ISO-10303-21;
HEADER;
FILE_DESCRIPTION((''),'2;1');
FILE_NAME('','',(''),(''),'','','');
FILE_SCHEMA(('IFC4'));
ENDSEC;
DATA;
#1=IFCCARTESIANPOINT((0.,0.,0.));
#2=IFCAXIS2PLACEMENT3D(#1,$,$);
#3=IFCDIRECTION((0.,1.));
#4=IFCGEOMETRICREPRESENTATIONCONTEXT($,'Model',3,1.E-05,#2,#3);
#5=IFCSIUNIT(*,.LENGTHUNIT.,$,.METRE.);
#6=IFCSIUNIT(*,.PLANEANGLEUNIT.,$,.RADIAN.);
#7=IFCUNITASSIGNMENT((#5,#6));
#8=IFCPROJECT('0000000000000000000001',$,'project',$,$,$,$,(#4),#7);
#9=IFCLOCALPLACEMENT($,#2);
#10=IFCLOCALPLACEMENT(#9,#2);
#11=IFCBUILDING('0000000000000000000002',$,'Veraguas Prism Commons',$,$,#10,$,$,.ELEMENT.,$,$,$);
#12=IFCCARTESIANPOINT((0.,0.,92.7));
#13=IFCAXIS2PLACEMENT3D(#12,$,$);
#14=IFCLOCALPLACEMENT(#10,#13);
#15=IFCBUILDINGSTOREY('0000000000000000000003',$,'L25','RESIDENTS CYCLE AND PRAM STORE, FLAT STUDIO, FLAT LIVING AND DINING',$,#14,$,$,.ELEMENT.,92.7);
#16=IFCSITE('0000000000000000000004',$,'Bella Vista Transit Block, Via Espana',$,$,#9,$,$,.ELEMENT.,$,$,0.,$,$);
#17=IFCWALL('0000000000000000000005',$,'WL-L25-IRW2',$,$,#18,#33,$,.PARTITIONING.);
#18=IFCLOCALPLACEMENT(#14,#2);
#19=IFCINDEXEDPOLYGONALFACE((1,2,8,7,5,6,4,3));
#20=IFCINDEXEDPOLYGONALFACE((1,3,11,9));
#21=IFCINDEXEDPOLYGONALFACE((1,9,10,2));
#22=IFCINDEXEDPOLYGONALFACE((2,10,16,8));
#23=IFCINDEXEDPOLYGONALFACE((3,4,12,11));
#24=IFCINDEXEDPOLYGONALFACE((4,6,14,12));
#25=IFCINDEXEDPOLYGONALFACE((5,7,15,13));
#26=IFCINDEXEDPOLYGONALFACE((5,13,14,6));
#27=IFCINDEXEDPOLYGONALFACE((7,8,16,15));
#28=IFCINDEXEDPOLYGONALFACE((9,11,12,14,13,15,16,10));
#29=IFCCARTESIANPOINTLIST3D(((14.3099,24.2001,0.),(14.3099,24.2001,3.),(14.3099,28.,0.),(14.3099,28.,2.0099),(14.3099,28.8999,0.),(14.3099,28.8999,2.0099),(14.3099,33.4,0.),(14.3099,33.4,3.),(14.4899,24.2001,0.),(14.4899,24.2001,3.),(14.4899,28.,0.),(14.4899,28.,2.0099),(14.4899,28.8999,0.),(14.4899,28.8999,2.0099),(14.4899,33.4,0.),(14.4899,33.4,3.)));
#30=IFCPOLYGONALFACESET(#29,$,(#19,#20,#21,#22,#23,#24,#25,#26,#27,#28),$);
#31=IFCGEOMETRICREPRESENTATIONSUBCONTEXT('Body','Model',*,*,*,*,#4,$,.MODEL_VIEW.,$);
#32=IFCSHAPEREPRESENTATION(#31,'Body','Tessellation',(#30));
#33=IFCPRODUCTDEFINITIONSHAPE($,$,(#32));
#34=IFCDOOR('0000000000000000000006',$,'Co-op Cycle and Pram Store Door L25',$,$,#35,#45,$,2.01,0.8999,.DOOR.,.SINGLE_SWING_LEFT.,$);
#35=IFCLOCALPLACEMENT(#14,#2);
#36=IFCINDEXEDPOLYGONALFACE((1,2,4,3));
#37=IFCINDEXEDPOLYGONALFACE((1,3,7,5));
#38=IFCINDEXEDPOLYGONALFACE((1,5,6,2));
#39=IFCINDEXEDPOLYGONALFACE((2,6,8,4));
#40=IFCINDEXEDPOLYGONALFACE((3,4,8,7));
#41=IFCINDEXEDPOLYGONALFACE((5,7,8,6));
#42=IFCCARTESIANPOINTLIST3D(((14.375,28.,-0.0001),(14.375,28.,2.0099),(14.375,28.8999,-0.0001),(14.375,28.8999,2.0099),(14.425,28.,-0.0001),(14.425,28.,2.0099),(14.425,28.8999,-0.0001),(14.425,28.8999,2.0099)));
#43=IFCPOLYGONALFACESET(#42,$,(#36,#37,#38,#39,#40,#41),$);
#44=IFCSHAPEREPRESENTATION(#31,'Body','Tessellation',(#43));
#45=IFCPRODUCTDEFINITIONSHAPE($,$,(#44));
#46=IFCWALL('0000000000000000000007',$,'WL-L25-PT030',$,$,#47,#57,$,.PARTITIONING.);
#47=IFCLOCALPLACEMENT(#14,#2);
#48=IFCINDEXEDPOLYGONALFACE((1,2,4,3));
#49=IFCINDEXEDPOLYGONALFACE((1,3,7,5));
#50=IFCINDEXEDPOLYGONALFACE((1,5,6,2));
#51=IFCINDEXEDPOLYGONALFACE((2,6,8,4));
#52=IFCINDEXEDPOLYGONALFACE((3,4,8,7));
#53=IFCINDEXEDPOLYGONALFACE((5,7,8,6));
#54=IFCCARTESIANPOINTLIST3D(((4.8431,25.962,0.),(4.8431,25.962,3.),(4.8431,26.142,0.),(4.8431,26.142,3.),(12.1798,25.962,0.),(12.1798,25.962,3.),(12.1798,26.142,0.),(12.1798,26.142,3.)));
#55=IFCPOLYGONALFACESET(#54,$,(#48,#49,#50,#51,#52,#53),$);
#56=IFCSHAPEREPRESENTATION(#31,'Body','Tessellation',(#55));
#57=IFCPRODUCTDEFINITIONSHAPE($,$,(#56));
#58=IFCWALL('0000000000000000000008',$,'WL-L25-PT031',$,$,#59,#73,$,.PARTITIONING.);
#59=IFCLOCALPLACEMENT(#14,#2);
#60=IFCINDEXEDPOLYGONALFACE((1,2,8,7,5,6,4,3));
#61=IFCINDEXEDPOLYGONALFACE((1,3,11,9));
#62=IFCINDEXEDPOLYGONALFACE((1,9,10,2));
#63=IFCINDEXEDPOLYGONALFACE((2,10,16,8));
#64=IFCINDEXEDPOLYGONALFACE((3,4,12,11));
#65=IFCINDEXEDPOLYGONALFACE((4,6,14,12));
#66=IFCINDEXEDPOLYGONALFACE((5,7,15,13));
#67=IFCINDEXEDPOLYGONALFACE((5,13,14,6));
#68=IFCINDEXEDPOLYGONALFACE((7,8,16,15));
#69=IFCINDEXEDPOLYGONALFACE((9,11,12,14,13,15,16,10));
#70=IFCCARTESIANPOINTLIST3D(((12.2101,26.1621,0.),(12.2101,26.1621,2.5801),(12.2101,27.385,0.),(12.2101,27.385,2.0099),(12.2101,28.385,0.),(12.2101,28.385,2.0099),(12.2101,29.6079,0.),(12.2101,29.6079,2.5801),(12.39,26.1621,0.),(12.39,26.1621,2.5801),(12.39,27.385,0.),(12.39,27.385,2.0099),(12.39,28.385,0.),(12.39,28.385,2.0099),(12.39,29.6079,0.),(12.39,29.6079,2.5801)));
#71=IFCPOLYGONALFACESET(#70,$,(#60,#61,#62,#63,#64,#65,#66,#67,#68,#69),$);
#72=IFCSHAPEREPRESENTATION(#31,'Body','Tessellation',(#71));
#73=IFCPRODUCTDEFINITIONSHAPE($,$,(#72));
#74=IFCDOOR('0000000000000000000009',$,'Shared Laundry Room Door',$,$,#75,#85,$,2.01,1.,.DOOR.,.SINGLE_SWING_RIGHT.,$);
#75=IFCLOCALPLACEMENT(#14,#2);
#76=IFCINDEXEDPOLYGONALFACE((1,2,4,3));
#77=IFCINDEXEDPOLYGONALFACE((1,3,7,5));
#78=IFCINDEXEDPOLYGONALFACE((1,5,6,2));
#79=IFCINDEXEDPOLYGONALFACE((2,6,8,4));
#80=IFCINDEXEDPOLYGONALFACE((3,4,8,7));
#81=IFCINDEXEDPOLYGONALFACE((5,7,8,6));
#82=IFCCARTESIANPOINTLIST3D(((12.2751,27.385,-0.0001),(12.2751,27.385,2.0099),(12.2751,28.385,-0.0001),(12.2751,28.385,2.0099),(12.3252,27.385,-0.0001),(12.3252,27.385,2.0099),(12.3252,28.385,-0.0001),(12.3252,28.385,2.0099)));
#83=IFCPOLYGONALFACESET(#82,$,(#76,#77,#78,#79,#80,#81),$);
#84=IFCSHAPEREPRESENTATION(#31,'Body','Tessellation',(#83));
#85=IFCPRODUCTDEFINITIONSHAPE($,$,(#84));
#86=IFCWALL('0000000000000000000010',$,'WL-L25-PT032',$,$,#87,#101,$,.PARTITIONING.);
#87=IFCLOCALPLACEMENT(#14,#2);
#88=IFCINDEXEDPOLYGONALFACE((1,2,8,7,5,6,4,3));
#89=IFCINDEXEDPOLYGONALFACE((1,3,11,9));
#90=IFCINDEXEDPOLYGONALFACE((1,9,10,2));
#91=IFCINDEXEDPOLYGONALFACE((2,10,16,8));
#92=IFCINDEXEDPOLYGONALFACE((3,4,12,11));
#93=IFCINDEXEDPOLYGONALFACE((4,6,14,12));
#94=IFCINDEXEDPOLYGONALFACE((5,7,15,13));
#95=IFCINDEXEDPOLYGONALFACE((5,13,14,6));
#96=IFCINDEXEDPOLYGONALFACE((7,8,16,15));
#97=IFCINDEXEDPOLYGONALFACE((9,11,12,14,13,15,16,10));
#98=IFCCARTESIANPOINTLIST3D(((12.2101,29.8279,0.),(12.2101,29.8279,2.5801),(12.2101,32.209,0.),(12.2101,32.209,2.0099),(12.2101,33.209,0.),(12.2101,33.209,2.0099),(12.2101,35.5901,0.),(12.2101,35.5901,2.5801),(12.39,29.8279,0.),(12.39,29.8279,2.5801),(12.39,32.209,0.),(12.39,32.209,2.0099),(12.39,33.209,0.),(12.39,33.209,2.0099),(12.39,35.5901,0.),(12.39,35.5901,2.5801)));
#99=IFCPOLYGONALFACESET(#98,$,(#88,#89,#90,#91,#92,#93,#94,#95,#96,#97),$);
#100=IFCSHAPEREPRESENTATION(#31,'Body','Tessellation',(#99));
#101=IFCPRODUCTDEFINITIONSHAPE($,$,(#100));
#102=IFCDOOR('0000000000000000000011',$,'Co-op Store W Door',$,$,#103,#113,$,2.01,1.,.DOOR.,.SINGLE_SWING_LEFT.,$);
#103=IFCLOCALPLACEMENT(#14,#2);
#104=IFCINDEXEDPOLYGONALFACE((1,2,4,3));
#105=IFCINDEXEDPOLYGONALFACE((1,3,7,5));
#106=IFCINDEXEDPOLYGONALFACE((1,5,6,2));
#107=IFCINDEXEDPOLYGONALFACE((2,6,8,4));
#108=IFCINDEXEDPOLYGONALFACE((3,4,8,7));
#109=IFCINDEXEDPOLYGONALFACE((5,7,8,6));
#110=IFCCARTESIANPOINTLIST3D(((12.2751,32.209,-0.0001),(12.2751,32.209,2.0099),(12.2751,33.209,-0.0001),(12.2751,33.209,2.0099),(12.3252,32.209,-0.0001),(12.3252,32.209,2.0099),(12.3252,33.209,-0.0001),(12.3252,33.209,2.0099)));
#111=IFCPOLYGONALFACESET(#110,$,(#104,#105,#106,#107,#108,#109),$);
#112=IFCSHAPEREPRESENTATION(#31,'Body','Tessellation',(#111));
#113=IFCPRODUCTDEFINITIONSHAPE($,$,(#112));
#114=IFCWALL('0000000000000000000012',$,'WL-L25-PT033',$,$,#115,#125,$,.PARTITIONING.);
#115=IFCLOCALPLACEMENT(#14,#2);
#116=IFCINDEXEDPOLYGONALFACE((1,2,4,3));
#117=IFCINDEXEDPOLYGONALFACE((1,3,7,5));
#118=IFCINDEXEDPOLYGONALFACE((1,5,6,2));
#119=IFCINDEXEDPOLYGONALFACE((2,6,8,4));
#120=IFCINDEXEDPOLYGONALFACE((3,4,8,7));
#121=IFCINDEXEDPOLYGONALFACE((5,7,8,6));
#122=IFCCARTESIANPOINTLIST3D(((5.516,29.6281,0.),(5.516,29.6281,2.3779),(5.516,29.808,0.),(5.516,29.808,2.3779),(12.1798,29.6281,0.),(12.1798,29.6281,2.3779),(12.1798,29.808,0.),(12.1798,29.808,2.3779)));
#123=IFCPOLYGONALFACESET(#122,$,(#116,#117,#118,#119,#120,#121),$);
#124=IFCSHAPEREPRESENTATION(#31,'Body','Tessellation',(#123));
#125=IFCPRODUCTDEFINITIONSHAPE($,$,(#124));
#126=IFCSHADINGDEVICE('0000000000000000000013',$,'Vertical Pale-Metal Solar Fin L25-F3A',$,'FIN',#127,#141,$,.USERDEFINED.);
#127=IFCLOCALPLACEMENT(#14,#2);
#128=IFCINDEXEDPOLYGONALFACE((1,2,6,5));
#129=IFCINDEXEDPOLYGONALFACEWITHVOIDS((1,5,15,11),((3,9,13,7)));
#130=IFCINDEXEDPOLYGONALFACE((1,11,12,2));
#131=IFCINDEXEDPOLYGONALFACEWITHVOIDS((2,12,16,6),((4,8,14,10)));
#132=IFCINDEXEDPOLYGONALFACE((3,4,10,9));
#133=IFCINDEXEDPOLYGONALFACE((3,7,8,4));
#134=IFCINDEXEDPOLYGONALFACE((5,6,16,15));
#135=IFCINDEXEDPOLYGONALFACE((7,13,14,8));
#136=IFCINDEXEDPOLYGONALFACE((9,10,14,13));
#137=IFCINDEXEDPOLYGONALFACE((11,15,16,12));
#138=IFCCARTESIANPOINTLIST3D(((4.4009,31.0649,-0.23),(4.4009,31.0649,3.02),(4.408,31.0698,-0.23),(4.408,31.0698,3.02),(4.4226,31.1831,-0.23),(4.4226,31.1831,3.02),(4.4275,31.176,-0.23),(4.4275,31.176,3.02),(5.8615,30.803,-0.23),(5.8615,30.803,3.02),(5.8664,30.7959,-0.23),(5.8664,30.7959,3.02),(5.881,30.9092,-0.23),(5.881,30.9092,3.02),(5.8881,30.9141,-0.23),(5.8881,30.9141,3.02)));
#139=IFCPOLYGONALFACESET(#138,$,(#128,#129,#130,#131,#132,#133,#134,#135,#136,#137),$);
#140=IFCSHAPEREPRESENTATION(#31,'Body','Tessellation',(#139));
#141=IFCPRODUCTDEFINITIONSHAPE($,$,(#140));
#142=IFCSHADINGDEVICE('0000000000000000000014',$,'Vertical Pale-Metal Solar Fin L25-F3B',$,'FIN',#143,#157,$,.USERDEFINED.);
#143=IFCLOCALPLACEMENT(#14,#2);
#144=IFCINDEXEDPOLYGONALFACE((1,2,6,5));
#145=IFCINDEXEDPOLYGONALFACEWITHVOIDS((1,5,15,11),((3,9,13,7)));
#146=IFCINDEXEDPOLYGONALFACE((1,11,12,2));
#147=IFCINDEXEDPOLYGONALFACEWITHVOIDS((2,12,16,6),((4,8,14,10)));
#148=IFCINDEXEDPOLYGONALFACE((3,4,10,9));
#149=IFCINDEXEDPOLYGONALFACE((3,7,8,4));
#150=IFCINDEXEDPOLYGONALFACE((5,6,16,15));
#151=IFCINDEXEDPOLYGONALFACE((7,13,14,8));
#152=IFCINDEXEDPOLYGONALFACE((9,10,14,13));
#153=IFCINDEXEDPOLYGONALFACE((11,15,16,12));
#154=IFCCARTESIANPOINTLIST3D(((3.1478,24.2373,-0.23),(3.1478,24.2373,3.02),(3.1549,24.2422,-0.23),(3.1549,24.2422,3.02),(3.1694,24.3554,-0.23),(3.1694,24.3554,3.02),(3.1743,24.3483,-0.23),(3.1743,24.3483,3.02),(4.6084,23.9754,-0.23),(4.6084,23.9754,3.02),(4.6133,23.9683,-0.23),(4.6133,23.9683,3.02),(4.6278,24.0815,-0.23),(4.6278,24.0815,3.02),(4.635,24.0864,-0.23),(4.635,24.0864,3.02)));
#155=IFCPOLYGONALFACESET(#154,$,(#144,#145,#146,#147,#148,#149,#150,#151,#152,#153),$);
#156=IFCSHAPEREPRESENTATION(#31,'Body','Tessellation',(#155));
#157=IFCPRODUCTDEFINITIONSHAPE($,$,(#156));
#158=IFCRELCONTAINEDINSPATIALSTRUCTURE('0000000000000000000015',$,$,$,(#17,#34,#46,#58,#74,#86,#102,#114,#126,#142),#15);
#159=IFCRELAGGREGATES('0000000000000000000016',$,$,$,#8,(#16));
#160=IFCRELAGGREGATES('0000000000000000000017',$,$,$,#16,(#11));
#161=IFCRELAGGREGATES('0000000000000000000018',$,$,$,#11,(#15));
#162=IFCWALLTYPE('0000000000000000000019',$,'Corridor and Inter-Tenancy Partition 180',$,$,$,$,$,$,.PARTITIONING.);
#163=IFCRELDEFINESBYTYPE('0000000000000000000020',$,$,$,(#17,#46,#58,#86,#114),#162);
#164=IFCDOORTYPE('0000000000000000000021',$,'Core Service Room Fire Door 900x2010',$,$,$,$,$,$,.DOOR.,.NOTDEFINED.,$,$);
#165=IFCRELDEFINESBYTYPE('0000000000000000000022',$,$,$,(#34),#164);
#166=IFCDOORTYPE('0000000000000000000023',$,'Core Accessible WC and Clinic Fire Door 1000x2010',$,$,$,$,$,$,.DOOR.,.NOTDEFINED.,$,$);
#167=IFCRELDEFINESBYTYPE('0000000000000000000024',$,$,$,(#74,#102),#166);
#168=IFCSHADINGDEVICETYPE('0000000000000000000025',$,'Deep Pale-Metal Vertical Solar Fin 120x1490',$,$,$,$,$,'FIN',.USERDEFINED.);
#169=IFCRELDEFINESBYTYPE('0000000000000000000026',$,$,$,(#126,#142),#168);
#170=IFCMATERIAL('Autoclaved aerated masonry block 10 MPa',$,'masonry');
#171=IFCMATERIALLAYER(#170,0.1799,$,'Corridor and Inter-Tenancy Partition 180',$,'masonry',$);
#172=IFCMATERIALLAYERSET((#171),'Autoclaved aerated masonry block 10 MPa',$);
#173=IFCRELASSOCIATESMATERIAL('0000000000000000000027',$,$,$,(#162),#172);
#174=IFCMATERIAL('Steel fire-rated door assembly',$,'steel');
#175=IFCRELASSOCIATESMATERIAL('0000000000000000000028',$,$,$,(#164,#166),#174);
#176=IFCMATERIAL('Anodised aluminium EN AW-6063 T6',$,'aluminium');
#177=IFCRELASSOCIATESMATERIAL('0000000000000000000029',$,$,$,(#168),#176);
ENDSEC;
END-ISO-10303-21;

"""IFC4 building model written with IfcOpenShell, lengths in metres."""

from ifc_helpers import new_model, si_unit, direction, frame, frame_2d, origin, origin_2d, place, context, subcontext, project, spatial, rectangle, hollow_rectangle, extrude, source, transform, mapped, material, layer, layer_set, material_profile, profile_set, type_object, element, fill, save


model = new_model("IFC4")

# Units and contexts
model_context = context("Model", 3, precision=1e-05, world=origin(), true_north=direction((0.0, 1.0)))
body_context = subcontext(model_context, "Body", "Model", "MODEL_VIEW")
ifc_project = project(units=[si_unit("LENGTHUNIT", "METRE"), si_unit("PLANEANGLEUNIT", "RADIAN")], contexts=[model_context])

# Site, building, storey
site_placement = place(None, origin())
site = spatial("IfcSite", under=ifc_project, at=site_placement, Name="Bella Vista Transit Block, Via Espana", CompositionType="ELEMENT", RefElevation=0.0)
building_placement = place(site_placement, origin())
building = spatial("IfcBuilding", under=site, at=building_placement, Name="Veraguas Prism Commons", CompositionType="ELEMENT")
storey_placement = place(building_placement, frame((0.0, 0.0, 92.7)))
storey = spatial("IfcBuildingStorey", under=building, at=storey_placement, Name="L25", Description="RESIDENTS CYCLE AND PRAM STORE, FLAT STUDIO, FLAT LIVING AND DINING", CompositionType="ELEMENT", Elevation=92.7)

# Shared definitions
ifc_material_1 = material(Name="Anodised aluminium EN AW-6063 T6", Category="aluminium")

# Wall, opening, door
ifc_material_2 = material(Name="Autoclaved aerated masonry block 10 MPa", Category="masonry")
ifc_layer_1 = layer(ifc_material_2, 0.1799, Name="Corridor and Inter-Tenancy Partition 180", Category="masonry")
ifc_layer_set_1 = layer_set([ifc_layer_1], Name="Autoclaved aerated masonry block 10 MPa")
wall_type = type_object("IfcWallType", Name="Corridor and Inter-Tenancy Partition 180", PredefinedType="PARTITIONING", material=ifc_layer_set_1)
wall_1_placement = place(storey_placement, frame((14.3999, 24.2, 0.0), z_axis=(0.0, 0.0, 1.0), x_axis=(0.0, 1.0, 0.0)))
wall_1 = element("IfcWall", 1, at=wall_1_placement, inside=storey, type_object=wall_type, Name="WL-L25-IRW2", PredefinedType="PARTITIONING", context=body_context, shape_type="SweptSolid", body=[
    extrude(rectangle(XDim=9.2, YDim=0.1799, at=frame_2d((4.6001, 0.0))), origin(), (0.0, 0.0, 1.0), 3.0),
])
opening_1_placement = place(wall_1_placement, frame((3.8, 0.0, 0.0)))
opening_1 = element("IfcOpeningElement", 2, at=opening_1_placement, cuts=wall_1, PredefinedType="OPENING", context=body_context, shape_type="SweptSolid", body=[
    extrude(rectangle(XDim=0.8999, YDim=2.01, at=frame_2d((0.45, 1.0049))), frame((0.0, 0.0999, 0.0), z_axis=(0.0, -1.0, 0.0), x_axis=(1.0, 0.0, 0.0)), (0.0, 0.0, 1.0), 0.2),
])
ifc_material_3 = material(Name="Steel fire-rated door assembly", Category="steel")
door_type_1 = type_object("IfcDoorType", Name="Core Service Room Fire Door 900x2010", OperationType="NOTDEFINED", PredefinedType="DOOR", material=ifc_material_3)
shared_shape_1 = source(origin(), body_context, "Body", "SweptSolid", [
    extrude(rectangle(XDim=0.8999, YDim=2.01, at=frame_2d((0.45, 1.0049))), frame((0.0, 0.0249, 0.0), z_axis=(0.0, -1.0, 0.0), x_axis=(1.0, 0.0, 0.0)), (0.0, 0.0, 1.0), 0.05),
])
door_1_placement = place(opening_1_placement, origin())
door_1 = element("IfcDoor", 3, at=door_1_placement, inside=storey, type_object=door_type_1, Name="Co-op Cycle and Pram Store Door L25", OperationType="SINGLE_SWING_LEFT", OverallHeight=2.01, OverallWidth=0.8999, PredefinedType="DOOR", context=body_context, shape_type="MappedRepresentation", body=[
    mapped(shared_shape_1, transform((0.0, 0.0, 0.0), scale=1.0)),
])
fill(opening_1, door_1)

# Wall
wall_2_placement = place(storey_placement, frame((12.1799, 26.052, 0.0), z_axis=(0.0, 0.0, 1.0), x_axis=(-1.0, 0.0, 0.0)))
element("IfcWall", 4, at=wall_2_placement, inside=storey, type_object=wall_type, Name="WL-L25-PT030", PredefinedType="PARTITIONING", context=body_context, shape_type="SweptSolid", body=[
    extrude(rectangle(XDim=7.3367, YDim=0.1799, at=frame_2d((3.6685, 0.0))), origin(), (0.0, 0.0, 1.0), 3.0),
])

# Walls, openings, doors
wall_3_placement = place(storey_placement, frame((12.3, 26.1621, 0.0), z_axis=(0.0, 0.0, 1.0), x_axis=(0.0, 1.0, 0.0)))
wall_3 = element("IfcWall", 5, at=wall_3_placement, inside=storey, type_object=wall_type, Name="WL-L25-PT031", PredefinedType="PARTITIONING", context=body_context, shape_type="SweptSolid", body=[
    extrude(rectangle(XDim=3.4458, YDim=0.1799, at=frame_2d((1.7229, 0.0))), origin(), (0.0, 0.0, 1.0), 2.5801),
])
opening_2_placement = place(wall_3_placement, frame((1.2229, 0.0, 0.0)))
opening_2 = element("IfcOpeningElement", 6, at=opening_2_placement, cuts=wall_3, PredefinedType="OPENING", context=body_context, shape_type="SweptSolid", body=[
    extrude(rectangle(XDim=1.0, YDim=2.01, at=frame_2d((0.5, 1.0049))), frame((0.0, 0.0999, 0.0), z_axis=(0.0, -1.0, 0.0), x_axis=(1.0, 0.0, 0.0)), (0.0, 0.0, 1.0), 0.2),
])
door_type_2 = type_object("IfcDoorType", Name="Core Accessible WC and Clinic Fire Door 1000x2010", OperationType="NOTDEFINED", PredefinedType="DOOR", material=ifc_material_3)
shared_shape_2 = source(origin(), body_context, "Body", "SweptSolid", [
    extrude(rectangle(XDim=1.0, YDim=2.01, at=frame_2d((0.5, 1.0049))), frame((0.0, 0.0249, 0.0), z_axis=(0.0, -1.0, 0.0), x_axis=(1.0, 0.0, 0.0)), (0.0, 0.0, 1.0), 0.05),
])
door_2_placement = place(opening_2_placement, origin())
door_2 = element("IfcDoor", 7, at=door_2_placement, inside=storey, type_object=door_type_2, Name="Shared Laundry Room Door", OperationType="SINGLE_SWING_RIGHT", OverallHeight=2.01, OverallWidth=1.0, PredefinedType="DOOR", context=body_context, shape_type="MappedRepresentation", body=[
    mapped(shared_shape_2, transform((0.0, 0.0, 0.0), scale=1.0)),
])
fill(opening_2, door_2)
wall_4_placement = place(storey_placement, frame((12.3, 29.8279, 0.0), z_axis=(0.0, 0.0, 1.0), x_axis=(0.0, 1.0, 0.0)))
wall_4 = element("IfcWall", 8, at=wall_4_placement, inside=storey, type_object=wall_type, Name="WL-L25-PT032", PredefinedType="PARTITIONING", context=body_context, shape_type="SweptSolid", body=[
    extrude(rectangle(XDim=5.7622, YDim=0.1799, at=frame_2d((2.8811, 0.0))), origin(), (0.0, 0.0, 1.0), 2.5801),
])
opening_3_placement = place(wall_4_placement, frame((2.3811, 0.0, 0.0)))
opening_3 = element("IfcOpeningElement", 9, at=opening_3_placement, cuts=wall_4, PredefinedType="OPENING", context=body_context, shape_type="SweptSolid", body=[
    extrude(rectangle(XDim=1.0, YDim=2.01, at=frame_2d((0.5, 1.0049))), frame((0.0, 0.0999, 0.0), z_axis=(0.0, -1.0, 0.0), x_axis=(1.0, 0.0, 0.0)), (0.0, 0.0, 1.0), 0.2),
])
door_3_placement = place(opening_3_placement, origin())
door_3 = element("IfcDoor", 10, at=door_3_placement, inside=storey, type_object=door_type_2, Name="Co-op Store W Door", OperationType="SINGLE_SWING_LEFT", OverallHeight=2.01, OverallWidth=1.0, PredefinedType="DOOR", context=body_context, shape_type="MappedRepresentation", body=[
    mapped(shared_shape_2, transform((0.0, 0.0, 0.0), scale=1.0)),
])
fill(opening_3, door_3)

# Wall
wall_5_placement = place(storey_placement, frame((12.1799, 29.718, 0.0), z_axis=(0.0, 0.0, 1.0), x_axis=(-1.0, 0.0, 0.0)))
element("IfcWall", 11, at=wall_5_placement, inside=storey, type_object=wall_type, Name="WL-L25-PT033", PredefinedType="PARTITIONING", context=body_context, shape_type="SweptSolid", body=[
    extrude(rectangle(XDim=6.6638, YDim=0.1799, at=frame_2d((3.332, 0.0))), origin(), (0.0, 0.0, 1.0), 2.3779),
])

# Shading devices
ifc_material_profile_1 = material_profile(ifc_material_1, hollow_rectangle(XDim=0.1201, YDim=1.49, WallThickness=0.0061, at=origin_2d()), Name="FIN120X1490X6")
ifc_profile_set_1 = profile_set([ifc_material_profile_1], Name="Anodised aluminium EN AW-6063 T6")
shading_device_type = type_object("IfcShadingDeviceType", Name="Deep Pale-Metal Vertical Solar Fin 120x1490", ElementType="FIN", PredefinedType="USERDEFINED", material=ifc_profile_set_1)
for number, where, z_axis, x_axis, name in (
    (12, (5.1445, 30.9895, -0.23), (0.0, 0.0, 1.0), (-0.180521, -0.983571, 0.0), "Vertical Pale-Metal Solar Fin L25-F3A"),
    (13, (3.8914, 24.1619, -0.23), (0.0, 0.0, 1.0), (-0.180521, -0.983571, 0.0), "Vertical Pale-Metal Solar Fin L25-F3B"),
):
    element("IfcShadingDevice", number, at=place(storey_placement, frame(where, z_axis=z_axis, x_axis=x_axis)), inside=storey, type_object=shading_device_type, Name=name, ObjectType="FIN", PredefinedType="USERDEFINED", context=body_context, shape_type="SweptSolid", body=[
        extrude(hollow_rectangle(XDim=0.1201, YDim=1.49, WallThickness=0.0061, at=origin_2d()), origin(), (0.0, 0.0, 1.0), 3.25),
    ])

save(model, "model.ifc")
